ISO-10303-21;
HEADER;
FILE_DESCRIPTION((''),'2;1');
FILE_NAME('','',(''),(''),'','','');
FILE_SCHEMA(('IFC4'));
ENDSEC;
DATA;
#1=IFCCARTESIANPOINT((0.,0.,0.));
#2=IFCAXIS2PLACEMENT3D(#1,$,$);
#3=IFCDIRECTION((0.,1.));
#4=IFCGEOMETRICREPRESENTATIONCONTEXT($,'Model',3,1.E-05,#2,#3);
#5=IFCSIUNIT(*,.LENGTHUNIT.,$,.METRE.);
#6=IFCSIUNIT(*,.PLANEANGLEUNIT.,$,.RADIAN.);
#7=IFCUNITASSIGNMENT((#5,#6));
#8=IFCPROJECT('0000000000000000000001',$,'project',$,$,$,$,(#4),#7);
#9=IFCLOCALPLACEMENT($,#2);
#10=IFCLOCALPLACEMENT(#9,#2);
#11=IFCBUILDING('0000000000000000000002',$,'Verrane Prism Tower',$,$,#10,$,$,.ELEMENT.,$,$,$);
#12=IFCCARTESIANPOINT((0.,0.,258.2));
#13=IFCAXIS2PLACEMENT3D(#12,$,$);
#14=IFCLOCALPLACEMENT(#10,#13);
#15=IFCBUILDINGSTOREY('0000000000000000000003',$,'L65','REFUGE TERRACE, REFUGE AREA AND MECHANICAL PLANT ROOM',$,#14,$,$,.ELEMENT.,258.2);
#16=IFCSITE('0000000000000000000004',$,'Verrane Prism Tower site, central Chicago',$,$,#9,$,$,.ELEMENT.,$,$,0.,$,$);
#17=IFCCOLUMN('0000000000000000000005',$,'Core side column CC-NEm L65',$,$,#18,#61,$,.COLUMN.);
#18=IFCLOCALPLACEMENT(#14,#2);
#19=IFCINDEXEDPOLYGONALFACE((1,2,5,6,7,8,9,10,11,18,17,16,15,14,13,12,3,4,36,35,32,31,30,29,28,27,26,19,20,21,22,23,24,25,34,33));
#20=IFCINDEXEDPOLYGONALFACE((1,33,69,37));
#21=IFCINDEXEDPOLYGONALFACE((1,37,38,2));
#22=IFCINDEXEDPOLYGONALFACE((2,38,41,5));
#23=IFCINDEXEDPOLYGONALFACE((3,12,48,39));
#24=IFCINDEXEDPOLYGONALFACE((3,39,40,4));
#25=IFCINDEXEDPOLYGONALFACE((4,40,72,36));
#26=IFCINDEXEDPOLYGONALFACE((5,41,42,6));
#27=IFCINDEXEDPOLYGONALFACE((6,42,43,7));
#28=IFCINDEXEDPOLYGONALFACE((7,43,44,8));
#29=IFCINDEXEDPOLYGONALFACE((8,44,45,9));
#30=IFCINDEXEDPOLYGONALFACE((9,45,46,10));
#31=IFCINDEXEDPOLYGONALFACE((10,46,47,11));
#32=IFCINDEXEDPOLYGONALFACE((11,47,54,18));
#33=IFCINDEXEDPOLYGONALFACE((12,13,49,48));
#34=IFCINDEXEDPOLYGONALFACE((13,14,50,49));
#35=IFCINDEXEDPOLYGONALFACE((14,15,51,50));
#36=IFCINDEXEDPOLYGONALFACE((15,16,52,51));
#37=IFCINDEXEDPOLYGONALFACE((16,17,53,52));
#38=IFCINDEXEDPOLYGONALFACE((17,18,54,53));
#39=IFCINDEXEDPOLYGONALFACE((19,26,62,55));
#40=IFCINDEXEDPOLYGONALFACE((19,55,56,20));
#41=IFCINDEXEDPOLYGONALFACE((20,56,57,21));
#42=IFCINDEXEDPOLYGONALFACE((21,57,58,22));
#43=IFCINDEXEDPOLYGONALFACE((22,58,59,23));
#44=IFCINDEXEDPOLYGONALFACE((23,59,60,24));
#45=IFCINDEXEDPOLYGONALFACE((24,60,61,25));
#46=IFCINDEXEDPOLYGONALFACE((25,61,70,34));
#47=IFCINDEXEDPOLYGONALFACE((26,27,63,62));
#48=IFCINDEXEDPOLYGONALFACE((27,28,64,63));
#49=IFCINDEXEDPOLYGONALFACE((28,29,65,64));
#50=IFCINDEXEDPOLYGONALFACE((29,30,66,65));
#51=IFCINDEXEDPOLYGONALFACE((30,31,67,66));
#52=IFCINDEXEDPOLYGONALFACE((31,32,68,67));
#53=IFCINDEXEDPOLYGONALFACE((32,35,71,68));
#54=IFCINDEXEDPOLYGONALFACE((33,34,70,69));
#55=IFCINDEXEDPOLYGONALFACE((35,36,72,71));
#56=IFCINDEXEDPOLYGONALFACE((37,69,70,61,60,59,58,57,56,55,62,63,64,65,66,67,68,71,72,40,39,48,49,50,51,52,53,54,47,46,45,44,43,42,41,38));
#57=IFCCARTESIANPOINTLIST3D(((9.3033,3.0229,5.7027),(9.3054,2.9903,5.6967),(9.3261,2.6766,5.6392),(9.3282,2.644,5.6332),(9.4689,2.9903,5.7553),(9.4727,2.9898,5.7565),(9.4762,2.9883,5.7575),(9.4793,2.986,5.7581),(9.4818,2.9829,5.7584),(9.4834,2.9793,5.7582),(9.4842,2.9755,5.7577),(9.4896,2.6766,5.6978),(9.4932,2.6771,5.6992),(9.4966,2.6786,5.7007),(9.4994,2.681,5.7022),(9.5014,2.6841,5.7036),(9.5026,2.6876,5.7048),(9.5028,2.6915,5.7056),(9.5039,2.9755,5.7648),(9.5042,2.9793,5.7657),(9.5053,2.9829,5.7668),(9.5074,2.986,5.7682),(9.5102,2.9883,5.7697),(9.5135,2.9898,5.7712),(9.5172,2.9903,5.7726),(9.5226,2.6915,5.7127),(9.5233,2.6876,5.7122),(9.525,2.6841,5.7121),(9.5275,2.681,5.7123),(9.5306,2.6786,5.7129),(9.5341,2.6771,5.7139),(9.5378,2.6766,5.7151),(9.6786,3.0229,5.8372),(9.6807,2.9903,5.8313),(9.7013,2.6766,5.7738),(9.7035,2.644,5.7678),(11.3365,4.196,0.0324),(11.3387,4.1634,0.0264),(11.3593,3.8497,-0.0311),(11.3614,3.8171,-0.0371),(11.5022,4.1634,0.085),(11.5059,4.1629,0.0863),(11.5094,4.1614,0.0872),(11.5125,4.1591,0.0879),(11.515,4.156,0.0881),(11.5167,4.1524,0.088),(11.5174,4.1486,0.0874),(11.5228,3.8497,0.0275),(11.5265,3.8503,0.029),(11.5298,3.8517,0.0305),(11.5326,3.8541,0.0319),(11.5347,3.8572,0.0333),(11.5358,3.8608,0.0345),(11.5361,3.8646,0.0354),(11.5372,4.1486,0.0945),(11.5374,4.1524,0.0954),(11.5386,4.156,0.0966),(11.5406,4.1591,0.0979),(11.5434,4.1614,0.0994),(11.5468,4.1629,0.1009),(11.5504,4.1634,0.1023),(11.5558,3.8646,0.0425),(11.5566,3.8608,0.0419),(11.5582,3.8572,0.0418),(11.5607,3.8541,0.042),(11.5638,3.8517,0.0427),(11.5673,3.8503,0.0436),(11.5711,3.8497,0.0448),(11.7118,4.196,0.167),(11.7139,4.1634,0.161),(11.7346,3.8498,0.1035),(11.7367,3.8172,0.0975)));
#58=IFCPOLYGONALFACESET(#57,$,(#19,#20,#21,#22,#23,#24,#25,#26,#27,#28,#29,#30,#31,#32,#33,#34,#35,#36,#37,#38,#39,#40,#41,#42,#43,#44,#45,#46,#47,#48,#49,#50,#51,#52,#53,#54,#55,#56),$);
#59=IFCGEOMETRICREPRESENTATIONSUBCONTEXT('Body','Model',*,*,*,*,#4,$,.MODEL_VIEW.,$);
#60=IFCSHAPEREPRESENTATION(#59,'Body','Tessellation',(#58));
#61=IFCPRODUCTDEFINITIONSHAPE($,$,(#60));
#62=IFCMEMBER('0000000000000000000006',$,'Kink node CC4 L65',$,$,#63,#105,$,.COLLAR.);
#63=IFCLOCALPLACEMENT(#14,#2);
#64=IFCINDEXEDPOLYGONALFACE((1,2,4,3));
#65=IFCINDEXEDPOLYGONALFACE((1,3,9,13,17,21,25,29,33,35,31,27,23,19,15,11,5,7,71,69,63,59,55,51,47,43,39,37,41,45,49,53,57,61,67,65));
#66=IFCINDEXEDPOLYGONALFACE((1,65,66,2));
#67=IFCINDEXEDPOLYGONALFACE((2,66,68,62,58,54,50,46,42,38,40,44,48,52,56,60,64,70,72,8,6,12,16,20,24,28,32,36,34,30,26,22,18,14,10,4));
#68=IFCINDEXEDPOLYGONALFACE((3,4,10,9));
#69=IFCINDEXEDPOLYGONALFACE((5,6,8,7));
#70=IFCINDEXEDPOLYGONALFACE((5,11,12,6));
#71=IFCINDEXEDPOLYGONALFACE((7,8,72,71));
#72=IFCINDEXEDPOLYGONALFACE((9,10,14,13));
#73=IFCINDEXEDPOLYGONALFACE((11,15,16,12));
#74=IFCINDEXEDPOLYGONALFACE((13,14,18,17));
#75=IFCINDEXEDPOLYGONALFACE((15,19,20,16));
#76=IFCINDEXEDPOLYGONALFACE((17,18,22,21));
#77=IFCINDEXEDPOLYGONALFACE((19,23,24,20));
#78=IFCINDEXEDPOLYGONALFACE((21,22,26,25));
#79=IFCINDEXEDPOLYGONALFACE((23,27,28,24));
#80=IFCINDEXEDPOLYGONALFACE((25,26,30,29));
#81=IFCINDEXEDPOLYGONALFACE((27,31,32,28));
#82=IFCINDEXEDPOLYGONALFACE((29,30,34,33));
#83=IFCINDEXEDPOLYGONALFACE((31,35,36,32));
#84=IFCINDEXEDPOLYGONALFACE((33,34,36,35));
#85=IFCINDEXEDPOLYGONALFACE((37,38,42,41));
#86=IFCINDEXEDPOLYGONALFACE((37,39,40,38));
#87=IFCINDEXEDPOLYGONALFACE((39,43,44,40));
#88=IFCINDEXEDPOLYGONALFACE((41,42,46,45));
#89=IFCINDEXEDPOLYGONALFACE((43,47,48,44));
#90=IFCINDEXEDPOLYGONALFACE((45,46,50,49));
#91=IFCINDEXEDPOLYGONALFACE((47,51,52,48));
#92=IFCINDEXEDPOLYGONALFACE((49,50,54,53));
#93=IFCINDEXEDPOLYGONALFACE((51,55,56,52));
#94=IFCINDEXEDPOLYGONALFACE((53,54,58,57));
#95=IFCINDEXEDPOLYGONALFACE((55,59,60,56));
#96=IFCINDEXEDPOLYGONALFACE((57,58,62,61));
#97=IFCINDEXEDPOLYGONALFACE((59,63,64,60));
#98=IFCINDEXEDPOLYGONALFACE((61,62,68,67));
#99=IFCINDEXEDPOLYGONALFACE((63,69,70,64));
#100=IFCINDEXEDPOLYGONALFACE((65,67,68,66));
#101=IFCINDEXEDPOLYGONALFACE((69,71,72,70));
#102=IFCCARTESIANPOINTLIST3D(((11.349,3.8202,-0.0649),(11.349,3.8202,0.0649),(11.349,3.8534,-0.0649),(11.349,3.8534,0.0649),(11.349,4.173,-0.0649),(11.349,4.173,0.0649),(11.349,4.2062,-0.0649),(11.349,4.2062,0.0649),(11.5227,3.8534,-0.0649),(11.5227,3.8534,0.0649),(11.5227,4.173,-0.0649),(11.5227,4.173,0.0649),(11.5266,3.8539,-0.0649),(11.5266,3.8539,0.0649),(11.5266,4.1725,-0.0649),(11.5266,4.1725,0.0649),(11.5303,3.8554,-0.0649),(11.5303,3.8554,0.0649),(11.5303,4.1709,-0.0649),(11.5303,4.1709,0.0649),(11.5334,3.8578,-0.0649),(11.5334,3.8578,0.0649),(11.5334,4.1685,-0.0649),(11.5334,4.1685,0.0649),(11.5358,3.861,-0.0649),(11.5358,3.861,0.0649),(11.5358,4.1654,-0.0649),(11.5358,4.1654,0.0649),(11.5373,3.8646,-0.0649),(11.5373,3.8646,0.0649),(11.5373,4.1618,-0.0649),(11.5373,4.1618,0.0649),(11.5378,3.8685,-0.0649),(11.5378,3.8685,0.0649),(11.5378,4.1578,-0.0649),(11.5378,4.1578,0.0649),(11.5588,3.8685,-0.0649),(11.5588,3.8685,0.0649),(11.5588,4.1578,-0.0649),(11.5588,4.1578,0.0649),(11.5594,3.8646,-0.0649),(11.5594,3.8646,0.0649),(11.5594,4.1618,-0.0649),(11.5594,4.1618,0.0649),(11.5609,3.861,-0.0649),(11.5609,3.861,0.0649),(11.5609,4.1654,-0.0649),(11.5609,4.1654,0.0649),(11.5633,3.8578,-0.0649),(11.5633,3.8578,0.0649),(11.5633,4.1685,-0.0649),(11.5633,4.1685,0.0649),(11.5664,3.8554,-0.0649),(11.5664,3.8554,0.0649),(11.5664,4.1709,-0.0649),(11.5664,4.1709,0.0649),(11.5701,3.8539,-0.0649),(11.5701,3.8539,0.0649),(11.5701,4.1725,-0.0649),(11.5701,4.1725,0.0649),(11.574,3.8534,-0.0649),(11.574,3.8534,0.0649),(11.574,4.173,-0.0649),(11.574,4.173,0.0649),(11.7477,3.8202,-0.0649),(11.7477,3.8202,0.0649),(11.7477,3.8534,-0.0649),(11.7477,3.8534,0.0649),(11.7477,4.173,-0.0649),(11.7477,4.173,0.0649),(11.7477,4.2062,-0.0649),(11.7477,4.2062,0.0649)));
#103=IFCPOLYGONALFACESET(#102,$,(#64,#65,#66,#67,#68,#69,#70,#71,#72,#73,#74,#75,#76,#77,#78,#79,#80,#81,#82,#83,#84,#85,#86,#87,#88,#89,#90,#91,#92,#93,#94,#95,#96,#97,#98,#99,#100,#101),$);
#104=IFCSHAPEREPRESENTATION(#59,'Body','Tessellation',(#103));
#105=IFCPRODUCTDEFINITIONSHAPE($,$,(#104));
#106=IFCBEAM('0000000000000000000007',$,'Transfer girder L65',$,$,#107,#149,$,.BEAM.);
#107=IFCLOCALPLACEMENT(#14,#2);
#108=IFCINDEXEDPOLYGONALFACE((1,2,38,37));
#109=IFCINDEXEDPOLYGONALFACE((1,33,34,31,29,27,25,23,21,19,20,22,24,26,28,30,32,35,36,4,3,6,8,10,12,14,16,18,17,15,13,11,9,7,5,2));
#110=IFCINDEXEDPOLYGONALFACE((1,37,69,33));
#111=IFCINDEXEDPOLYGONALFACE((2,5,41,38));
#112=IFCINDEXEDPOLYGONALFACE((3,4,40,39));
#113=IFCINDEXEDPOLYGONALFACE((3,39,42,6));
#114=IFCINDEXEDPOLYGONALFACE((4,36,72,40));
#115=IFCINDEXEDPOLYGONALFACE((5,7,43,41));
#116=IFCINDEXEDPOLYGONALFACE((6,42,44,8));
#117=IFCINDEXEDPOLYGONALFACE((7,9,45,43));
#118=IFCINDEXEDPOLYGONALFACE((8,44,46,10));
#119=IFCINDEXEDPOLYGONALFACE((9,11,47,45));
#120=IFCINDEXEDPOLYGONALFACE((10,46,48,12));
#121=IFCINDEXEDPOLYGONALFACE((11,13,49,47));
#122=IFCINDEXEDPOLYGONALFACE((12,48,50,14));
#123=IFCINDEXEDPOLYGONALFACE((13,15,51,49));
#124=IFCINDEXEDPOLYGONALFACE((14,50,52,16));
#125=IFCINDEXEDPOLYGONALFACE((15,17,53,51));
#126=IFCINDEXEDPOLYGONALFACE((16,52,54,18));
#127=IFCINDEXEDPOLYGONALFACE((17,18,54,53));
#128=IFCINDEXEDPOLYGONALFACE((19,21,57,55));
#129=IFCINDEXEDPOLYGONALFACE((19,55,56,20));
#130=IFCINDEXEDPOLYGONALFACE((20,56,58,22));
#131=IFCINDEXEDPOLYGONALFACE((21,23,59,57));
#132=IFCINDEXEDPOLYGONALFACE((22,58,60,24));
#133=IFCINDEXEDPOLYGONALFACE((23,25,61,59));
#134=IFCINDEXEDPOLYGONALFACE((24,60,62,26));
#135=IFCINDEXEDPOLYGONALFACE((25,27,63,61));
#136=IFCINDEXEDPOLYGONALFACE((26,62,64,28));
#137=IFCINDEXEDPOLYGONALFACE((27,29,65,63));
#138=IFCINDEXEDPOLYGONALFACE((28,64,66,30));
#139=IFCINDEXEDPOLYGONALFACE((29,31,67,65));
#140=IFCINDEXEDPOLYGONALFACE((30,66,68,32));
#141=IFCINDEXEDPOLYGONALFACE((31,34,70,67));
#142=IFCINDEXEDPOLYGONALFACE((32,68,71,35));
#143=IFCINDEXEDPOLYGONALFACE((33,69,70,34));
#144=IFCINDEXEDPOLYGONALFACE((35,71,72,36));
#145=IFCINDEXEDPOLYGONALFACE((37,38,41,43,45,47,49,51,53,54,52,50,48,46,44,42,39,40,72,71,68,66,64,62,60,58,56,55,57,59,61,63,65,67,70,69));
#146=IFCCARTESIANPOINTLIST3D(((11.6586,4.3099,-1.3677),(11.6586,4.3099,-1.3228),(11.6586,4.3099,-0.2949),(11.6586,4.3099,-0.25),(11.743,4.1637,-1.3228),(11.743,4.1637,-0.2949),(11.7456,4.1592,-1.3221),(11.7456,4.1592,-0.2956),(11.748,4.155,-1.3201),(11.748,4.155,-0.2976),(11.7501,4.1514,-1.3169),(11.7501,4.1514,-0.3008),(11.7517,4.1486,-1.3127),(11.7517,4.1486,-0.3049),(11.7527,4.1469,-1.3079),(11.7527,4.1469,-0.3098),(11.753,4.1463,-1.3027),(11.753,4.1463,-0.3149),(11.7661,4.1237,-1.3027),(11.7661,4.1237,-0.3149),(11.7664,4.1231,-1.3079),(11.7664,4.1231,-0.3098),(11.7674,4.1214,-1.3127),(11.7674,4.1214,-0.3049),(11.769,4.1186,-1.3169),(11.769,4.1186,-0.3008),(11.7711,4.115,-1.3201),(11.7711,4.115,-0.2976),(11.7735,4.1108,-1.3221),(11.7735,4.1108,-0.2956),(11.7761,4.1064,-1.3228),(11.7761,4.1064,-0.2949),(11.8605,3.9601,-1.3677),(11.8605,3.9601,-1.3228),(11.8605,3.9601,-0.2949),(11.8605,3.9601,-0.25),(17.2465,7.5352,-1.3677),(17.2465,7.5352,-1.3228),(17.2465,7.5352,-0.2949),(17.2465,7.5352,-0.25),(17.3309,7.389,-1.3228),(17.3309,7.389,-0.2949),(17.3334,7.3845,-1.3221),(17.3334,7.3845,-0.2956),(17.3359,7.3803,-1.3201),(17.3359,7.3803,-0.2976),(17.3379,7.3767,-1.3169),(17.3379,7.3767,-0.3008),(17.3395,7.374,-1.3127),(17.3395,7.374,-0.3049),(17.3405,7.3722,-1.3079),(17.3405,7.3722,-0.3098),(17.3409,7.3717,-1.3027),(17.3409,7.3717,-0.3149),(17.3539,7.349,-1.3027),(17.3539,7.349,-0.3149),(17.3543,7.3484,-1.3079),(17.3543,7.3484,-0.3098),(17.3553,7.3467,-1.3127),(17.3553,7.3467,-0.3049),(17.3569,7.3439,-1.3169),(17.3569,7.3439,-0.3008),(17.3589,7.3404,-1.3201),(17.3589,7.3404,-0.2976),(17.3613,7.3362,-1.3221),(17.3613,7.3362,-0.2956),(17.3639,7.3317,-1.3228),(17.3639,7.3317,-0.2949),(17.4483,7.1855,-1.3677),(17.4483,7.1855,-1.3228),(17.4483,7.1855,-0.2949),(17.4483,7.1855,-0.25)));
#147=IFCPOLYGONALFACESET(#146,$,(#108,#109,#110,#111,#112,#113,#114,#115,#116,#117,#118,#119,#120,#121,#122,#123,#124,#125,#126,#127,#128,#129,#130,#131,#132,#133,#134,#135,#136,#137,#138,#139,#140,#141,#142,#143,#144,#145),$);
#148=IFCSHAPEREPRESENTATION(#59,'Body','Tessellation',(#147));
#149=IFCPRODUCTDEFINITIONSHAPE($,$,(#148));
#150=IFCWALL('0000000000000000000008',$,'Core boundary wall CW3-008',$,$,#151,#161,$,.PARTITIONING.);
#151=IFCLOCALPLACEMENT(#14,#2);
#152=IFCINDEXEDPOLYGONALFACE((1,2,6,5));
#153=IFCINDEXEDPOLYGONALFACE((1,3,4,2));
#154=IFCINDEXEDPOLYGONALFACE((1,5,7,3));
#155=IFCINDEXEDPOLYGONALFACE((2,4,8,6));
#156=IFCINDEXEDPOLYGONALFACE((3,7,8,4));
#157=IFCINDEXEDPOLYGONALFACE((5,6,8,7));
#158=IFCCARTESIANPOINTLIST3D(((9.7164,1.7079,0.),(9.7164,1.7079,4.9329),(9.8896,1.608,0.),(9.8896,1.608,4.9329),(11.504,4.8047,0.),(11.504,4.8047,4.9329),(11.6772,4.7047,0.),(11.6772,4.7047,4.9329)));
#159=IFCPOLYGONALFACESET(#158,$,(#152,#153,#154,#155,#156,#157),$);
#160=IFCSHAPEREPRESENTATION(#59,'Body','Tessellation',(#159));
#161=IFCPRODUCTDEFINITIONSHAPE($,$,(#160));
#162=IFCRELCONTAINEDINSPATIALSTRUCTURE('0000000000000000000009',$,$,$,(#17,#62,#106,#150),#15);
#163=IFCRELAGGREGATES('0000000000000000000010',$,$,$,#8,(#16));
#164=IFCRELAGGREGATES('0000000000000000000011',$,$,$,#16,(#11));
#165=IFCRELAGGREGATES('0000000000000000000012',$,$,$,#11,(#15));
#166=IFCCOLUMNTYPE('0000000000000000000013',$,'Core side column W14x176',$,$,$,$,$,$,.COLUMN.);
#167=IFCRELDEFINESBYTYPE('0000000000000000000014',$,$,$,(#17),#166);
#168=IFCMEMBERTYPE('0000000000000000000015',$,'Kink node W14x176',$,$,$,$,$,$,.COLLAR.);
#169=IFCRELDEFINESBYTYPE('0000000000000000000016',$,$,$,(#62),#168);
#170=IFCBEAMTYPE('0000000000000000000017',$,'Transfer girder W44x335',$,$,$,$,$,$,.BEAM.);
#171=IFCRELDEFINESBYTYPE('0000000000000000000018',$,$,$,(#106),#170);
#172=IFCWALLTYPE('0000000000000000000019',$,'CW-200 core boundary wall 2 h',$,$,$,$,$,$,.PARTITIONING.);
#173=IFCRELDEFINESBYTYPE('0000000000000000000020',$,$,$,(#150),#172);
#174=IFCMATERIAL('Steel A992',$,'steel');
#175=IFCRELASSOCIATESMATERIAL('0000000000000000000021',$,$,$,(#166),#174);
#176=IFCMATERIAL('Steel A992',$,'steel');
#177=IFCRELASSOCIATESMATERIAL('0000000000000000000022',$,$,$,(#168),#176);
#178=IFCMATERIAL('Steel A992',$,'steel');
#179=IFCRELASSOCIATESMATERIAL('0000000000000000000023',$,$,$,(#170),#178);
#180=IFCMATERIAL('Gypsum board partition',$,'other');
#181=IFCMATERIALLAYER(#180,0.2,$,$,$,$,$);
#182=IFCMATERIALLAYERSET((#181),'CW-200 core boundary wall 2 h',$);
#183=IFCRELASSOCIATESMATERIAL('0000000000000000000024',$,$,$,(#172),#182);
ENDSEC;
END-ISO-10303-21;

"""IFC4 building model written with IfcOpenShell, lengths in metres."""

from ifc_helpers import new_model, si_unit, direction, frame, frame_2d, origin, origin_2d, place, context, subcontext, project, spatial, rectangle, i_section, extrude, material, layer, layer_set, material_profile, profile_set, type_object, element, save


model = new_model("IFC4")

# Units and contexts
model_context = context("Model", 3, precision=1e-05, world=origin(), true_north=direction((0.0, 1.0)))
body_context = subcontext(model_context, "Body", "Model", "MODEL_VIEW")
ifc_project = project(units=[si_unit("LENGTHUNIT", "METRE"), si_unit("PLANEANGLEUNIT", "RADIAN")], contexts=[model_context])

# Site, building, storey
site_placement = place(None, origin())
site = spatial("IfcSite", under=ifc_project, at=site_placement, Name="Verrane Prism Tower site, central Chicago", CompositionType="ELEMENT", RefElevation=0.0)
building_placement = place(site_placement, origin())
building = spatial("IfcBuilding", under=site, at=building_placement, Name="Verrane Prism Tower", CompositionType="ELEMENT")
storey_placement = place(building_placement, frame((0.0, 0.0, 258.2)))
storey = spatial("IfcBuildingStorey", under=building, at=storey_placement, Name="L65", Description="REFUGE TERRACE, REFUGE AREA AND MECHANICAL PLANT ROOM", CompositionType="ELEMENT", Elevation=258.2)

# Column
ifc_material_1 = material(Name="Steel A992", Category="steel")
ifc_material_profile_1 = material_profile(ifc_material_1, i_section(OverallWidth=0.3987, OverallDepth=0.386, WebThickness=0.021, FlangeThickness=0.0332, FilletRadius=0.0151, at=origin_2d()), Name="W14x176")
ifc_profile_set_1 = profile_set([ifc_material_profile_1], Name="Steel A992")
column_type = type_object("IfcColumnType", Name="Core side column W14x176", PredefinedType="COLUMN", material=ifc_profile_set_1)
column_placement = place(storey_placement, frame((11.5366, 4.0066, 0.0649), z_axis=(-0.331311, -0.191156, 0.923955), x_axis=(0.94131, 0.000039, 0.337542)))
element("IfcColumn", 1, at=column_placement, inside=storey, type_object=column_type, Name="Core side column CC-NEm L65", PredefinedType="COLUMN", context=body_context, shape_type="SweptSolid", body=[
    extrude(i_section(OverallWidth=0.3987, OverallDepth=0.386, WebThickness=0.021, FlangeThickness=0.0332, FilletRadius=0.0151, at=origin_2d()), origin(), (0.0, 0.0, 1.0), 6.137),
])

# Member
ifc_material_2 = material(Name="Steel A992", Category="steel")
ifc_material_profile_2 = material_profile(ifc_material_2, i_section(OverallWidth=0.3987, OverallDepth=0.386, WebThickness=0.021, FlangeThickness=0.0332, FilletRadius=0.0151, at=origin_2d()), Name="W14x176")
ifc_profile_set_2 = profile_set([ifc_material_profile_2], Name="Steel A992")
member_type = type_object("IfcMemberType", Name="Kink node W14x176", PredefinedType="COLLAR", material=ifc_profile_set_2)
member_placement = place(storey_placement, frame((11.5483, 4.0132, -0.0649), z_axis=(0.0, 0.0, 1.0), x_axis=(1.0, 0.0, 0.0)))
element("IfcMember", 2, at=member_placement, inside=storey, type_object=member_type, Name="Kink node CC4 L65", PredefinedType="COLLAR", context=body_context, shape_type="SweptSolid", body=[
    extrude(i_section(OverallWidth=0.3987, OverallDepth=0.386, WebThickness=0.021, FlangeThickness=0.0332, FilletRadius=0.0151, at=origin_2d()), origin(), (0.0, 0.0, 1.0), 0.1299),
])

# Beam
ifc_material_3 = material(Name="Steel A992", Category="steel")
ifc_material_profile_3 = material_profile(ifc_material_3, i_section(OverallWidth=0.4038, OverallDepth=1.1177, WebThickness=0.0261, FlangeThickness=0.0449, FilletRadius=0.02, at=origin_2d()), Name="W44x335")
ifc_profile_set_3 = profile_set([ifc_material_profile_3], Name="Steel A992")
beam_type = type_object("IfcBeamType", Name="Transfer girder W44x335", PredefinedType="BEAM", material=ifc_profile_set_3)
beam_placement = place(storey_placement, frame((11.7595, 4.135, -0.8088), z_axis=(0.866081, 0.499904, 0.0), x_axis=(-0.499904, 0.866081, 0.0)))
element("IfcBeam", 3, at=beam_placement, inside=storey, type_object=beam_type, Name="Transfer girder L65", PredefinedType="BEAM", context=body_context, shape_type="SweptSolid", body=[
    extrude(i_section(OverallWidth=0.4038, OverallDepth=1.1177, WebThickness=0.0261, FlangeThickness=0.0449, FilletRadius=0.02, at=origin_2d()), origin(), (0.0, 0.0, 1.0), 6.4519),
])

# Wall
ifc_material_4 = material(Name="Gypsum board partition", Category="other")
ifc_layer_1 = layer(ifc_material_4, 0.2)
ifc_layer_set_1 = layer_set([ifc_layer_1], Name="CW-200 core boundary wall 2 h")
wall_type_1 = type_object("IfcWallType", Name="CW-200 core boundary wall 2 h", PredefinedType="PARTITIONING", material=ifc_layer_set_1)
wall_1_placement = place(storey_placement, frame((9.803, 1.658, 0.0), z_axis=(0.0, 0.0, 1.0), x_axis=(0.499943, 0.866058, 0.0)))
element("IfcWall", 4, at=wall_1_placement, inside=storey, type_object=wall_type_1, Name="Core boundary wall CW3-008", PredefinedType="PARTITIONING", context=body_context, shape_type="SweptSolid", body=[
    extrude(rectangle(XDim=3.5757, YDim=0.2, at=frame_2d((1.7878, 0.0))), origin(), (0.0, 0.0, 1.0), 4.9329),
])

save(model, "model.ifc")
